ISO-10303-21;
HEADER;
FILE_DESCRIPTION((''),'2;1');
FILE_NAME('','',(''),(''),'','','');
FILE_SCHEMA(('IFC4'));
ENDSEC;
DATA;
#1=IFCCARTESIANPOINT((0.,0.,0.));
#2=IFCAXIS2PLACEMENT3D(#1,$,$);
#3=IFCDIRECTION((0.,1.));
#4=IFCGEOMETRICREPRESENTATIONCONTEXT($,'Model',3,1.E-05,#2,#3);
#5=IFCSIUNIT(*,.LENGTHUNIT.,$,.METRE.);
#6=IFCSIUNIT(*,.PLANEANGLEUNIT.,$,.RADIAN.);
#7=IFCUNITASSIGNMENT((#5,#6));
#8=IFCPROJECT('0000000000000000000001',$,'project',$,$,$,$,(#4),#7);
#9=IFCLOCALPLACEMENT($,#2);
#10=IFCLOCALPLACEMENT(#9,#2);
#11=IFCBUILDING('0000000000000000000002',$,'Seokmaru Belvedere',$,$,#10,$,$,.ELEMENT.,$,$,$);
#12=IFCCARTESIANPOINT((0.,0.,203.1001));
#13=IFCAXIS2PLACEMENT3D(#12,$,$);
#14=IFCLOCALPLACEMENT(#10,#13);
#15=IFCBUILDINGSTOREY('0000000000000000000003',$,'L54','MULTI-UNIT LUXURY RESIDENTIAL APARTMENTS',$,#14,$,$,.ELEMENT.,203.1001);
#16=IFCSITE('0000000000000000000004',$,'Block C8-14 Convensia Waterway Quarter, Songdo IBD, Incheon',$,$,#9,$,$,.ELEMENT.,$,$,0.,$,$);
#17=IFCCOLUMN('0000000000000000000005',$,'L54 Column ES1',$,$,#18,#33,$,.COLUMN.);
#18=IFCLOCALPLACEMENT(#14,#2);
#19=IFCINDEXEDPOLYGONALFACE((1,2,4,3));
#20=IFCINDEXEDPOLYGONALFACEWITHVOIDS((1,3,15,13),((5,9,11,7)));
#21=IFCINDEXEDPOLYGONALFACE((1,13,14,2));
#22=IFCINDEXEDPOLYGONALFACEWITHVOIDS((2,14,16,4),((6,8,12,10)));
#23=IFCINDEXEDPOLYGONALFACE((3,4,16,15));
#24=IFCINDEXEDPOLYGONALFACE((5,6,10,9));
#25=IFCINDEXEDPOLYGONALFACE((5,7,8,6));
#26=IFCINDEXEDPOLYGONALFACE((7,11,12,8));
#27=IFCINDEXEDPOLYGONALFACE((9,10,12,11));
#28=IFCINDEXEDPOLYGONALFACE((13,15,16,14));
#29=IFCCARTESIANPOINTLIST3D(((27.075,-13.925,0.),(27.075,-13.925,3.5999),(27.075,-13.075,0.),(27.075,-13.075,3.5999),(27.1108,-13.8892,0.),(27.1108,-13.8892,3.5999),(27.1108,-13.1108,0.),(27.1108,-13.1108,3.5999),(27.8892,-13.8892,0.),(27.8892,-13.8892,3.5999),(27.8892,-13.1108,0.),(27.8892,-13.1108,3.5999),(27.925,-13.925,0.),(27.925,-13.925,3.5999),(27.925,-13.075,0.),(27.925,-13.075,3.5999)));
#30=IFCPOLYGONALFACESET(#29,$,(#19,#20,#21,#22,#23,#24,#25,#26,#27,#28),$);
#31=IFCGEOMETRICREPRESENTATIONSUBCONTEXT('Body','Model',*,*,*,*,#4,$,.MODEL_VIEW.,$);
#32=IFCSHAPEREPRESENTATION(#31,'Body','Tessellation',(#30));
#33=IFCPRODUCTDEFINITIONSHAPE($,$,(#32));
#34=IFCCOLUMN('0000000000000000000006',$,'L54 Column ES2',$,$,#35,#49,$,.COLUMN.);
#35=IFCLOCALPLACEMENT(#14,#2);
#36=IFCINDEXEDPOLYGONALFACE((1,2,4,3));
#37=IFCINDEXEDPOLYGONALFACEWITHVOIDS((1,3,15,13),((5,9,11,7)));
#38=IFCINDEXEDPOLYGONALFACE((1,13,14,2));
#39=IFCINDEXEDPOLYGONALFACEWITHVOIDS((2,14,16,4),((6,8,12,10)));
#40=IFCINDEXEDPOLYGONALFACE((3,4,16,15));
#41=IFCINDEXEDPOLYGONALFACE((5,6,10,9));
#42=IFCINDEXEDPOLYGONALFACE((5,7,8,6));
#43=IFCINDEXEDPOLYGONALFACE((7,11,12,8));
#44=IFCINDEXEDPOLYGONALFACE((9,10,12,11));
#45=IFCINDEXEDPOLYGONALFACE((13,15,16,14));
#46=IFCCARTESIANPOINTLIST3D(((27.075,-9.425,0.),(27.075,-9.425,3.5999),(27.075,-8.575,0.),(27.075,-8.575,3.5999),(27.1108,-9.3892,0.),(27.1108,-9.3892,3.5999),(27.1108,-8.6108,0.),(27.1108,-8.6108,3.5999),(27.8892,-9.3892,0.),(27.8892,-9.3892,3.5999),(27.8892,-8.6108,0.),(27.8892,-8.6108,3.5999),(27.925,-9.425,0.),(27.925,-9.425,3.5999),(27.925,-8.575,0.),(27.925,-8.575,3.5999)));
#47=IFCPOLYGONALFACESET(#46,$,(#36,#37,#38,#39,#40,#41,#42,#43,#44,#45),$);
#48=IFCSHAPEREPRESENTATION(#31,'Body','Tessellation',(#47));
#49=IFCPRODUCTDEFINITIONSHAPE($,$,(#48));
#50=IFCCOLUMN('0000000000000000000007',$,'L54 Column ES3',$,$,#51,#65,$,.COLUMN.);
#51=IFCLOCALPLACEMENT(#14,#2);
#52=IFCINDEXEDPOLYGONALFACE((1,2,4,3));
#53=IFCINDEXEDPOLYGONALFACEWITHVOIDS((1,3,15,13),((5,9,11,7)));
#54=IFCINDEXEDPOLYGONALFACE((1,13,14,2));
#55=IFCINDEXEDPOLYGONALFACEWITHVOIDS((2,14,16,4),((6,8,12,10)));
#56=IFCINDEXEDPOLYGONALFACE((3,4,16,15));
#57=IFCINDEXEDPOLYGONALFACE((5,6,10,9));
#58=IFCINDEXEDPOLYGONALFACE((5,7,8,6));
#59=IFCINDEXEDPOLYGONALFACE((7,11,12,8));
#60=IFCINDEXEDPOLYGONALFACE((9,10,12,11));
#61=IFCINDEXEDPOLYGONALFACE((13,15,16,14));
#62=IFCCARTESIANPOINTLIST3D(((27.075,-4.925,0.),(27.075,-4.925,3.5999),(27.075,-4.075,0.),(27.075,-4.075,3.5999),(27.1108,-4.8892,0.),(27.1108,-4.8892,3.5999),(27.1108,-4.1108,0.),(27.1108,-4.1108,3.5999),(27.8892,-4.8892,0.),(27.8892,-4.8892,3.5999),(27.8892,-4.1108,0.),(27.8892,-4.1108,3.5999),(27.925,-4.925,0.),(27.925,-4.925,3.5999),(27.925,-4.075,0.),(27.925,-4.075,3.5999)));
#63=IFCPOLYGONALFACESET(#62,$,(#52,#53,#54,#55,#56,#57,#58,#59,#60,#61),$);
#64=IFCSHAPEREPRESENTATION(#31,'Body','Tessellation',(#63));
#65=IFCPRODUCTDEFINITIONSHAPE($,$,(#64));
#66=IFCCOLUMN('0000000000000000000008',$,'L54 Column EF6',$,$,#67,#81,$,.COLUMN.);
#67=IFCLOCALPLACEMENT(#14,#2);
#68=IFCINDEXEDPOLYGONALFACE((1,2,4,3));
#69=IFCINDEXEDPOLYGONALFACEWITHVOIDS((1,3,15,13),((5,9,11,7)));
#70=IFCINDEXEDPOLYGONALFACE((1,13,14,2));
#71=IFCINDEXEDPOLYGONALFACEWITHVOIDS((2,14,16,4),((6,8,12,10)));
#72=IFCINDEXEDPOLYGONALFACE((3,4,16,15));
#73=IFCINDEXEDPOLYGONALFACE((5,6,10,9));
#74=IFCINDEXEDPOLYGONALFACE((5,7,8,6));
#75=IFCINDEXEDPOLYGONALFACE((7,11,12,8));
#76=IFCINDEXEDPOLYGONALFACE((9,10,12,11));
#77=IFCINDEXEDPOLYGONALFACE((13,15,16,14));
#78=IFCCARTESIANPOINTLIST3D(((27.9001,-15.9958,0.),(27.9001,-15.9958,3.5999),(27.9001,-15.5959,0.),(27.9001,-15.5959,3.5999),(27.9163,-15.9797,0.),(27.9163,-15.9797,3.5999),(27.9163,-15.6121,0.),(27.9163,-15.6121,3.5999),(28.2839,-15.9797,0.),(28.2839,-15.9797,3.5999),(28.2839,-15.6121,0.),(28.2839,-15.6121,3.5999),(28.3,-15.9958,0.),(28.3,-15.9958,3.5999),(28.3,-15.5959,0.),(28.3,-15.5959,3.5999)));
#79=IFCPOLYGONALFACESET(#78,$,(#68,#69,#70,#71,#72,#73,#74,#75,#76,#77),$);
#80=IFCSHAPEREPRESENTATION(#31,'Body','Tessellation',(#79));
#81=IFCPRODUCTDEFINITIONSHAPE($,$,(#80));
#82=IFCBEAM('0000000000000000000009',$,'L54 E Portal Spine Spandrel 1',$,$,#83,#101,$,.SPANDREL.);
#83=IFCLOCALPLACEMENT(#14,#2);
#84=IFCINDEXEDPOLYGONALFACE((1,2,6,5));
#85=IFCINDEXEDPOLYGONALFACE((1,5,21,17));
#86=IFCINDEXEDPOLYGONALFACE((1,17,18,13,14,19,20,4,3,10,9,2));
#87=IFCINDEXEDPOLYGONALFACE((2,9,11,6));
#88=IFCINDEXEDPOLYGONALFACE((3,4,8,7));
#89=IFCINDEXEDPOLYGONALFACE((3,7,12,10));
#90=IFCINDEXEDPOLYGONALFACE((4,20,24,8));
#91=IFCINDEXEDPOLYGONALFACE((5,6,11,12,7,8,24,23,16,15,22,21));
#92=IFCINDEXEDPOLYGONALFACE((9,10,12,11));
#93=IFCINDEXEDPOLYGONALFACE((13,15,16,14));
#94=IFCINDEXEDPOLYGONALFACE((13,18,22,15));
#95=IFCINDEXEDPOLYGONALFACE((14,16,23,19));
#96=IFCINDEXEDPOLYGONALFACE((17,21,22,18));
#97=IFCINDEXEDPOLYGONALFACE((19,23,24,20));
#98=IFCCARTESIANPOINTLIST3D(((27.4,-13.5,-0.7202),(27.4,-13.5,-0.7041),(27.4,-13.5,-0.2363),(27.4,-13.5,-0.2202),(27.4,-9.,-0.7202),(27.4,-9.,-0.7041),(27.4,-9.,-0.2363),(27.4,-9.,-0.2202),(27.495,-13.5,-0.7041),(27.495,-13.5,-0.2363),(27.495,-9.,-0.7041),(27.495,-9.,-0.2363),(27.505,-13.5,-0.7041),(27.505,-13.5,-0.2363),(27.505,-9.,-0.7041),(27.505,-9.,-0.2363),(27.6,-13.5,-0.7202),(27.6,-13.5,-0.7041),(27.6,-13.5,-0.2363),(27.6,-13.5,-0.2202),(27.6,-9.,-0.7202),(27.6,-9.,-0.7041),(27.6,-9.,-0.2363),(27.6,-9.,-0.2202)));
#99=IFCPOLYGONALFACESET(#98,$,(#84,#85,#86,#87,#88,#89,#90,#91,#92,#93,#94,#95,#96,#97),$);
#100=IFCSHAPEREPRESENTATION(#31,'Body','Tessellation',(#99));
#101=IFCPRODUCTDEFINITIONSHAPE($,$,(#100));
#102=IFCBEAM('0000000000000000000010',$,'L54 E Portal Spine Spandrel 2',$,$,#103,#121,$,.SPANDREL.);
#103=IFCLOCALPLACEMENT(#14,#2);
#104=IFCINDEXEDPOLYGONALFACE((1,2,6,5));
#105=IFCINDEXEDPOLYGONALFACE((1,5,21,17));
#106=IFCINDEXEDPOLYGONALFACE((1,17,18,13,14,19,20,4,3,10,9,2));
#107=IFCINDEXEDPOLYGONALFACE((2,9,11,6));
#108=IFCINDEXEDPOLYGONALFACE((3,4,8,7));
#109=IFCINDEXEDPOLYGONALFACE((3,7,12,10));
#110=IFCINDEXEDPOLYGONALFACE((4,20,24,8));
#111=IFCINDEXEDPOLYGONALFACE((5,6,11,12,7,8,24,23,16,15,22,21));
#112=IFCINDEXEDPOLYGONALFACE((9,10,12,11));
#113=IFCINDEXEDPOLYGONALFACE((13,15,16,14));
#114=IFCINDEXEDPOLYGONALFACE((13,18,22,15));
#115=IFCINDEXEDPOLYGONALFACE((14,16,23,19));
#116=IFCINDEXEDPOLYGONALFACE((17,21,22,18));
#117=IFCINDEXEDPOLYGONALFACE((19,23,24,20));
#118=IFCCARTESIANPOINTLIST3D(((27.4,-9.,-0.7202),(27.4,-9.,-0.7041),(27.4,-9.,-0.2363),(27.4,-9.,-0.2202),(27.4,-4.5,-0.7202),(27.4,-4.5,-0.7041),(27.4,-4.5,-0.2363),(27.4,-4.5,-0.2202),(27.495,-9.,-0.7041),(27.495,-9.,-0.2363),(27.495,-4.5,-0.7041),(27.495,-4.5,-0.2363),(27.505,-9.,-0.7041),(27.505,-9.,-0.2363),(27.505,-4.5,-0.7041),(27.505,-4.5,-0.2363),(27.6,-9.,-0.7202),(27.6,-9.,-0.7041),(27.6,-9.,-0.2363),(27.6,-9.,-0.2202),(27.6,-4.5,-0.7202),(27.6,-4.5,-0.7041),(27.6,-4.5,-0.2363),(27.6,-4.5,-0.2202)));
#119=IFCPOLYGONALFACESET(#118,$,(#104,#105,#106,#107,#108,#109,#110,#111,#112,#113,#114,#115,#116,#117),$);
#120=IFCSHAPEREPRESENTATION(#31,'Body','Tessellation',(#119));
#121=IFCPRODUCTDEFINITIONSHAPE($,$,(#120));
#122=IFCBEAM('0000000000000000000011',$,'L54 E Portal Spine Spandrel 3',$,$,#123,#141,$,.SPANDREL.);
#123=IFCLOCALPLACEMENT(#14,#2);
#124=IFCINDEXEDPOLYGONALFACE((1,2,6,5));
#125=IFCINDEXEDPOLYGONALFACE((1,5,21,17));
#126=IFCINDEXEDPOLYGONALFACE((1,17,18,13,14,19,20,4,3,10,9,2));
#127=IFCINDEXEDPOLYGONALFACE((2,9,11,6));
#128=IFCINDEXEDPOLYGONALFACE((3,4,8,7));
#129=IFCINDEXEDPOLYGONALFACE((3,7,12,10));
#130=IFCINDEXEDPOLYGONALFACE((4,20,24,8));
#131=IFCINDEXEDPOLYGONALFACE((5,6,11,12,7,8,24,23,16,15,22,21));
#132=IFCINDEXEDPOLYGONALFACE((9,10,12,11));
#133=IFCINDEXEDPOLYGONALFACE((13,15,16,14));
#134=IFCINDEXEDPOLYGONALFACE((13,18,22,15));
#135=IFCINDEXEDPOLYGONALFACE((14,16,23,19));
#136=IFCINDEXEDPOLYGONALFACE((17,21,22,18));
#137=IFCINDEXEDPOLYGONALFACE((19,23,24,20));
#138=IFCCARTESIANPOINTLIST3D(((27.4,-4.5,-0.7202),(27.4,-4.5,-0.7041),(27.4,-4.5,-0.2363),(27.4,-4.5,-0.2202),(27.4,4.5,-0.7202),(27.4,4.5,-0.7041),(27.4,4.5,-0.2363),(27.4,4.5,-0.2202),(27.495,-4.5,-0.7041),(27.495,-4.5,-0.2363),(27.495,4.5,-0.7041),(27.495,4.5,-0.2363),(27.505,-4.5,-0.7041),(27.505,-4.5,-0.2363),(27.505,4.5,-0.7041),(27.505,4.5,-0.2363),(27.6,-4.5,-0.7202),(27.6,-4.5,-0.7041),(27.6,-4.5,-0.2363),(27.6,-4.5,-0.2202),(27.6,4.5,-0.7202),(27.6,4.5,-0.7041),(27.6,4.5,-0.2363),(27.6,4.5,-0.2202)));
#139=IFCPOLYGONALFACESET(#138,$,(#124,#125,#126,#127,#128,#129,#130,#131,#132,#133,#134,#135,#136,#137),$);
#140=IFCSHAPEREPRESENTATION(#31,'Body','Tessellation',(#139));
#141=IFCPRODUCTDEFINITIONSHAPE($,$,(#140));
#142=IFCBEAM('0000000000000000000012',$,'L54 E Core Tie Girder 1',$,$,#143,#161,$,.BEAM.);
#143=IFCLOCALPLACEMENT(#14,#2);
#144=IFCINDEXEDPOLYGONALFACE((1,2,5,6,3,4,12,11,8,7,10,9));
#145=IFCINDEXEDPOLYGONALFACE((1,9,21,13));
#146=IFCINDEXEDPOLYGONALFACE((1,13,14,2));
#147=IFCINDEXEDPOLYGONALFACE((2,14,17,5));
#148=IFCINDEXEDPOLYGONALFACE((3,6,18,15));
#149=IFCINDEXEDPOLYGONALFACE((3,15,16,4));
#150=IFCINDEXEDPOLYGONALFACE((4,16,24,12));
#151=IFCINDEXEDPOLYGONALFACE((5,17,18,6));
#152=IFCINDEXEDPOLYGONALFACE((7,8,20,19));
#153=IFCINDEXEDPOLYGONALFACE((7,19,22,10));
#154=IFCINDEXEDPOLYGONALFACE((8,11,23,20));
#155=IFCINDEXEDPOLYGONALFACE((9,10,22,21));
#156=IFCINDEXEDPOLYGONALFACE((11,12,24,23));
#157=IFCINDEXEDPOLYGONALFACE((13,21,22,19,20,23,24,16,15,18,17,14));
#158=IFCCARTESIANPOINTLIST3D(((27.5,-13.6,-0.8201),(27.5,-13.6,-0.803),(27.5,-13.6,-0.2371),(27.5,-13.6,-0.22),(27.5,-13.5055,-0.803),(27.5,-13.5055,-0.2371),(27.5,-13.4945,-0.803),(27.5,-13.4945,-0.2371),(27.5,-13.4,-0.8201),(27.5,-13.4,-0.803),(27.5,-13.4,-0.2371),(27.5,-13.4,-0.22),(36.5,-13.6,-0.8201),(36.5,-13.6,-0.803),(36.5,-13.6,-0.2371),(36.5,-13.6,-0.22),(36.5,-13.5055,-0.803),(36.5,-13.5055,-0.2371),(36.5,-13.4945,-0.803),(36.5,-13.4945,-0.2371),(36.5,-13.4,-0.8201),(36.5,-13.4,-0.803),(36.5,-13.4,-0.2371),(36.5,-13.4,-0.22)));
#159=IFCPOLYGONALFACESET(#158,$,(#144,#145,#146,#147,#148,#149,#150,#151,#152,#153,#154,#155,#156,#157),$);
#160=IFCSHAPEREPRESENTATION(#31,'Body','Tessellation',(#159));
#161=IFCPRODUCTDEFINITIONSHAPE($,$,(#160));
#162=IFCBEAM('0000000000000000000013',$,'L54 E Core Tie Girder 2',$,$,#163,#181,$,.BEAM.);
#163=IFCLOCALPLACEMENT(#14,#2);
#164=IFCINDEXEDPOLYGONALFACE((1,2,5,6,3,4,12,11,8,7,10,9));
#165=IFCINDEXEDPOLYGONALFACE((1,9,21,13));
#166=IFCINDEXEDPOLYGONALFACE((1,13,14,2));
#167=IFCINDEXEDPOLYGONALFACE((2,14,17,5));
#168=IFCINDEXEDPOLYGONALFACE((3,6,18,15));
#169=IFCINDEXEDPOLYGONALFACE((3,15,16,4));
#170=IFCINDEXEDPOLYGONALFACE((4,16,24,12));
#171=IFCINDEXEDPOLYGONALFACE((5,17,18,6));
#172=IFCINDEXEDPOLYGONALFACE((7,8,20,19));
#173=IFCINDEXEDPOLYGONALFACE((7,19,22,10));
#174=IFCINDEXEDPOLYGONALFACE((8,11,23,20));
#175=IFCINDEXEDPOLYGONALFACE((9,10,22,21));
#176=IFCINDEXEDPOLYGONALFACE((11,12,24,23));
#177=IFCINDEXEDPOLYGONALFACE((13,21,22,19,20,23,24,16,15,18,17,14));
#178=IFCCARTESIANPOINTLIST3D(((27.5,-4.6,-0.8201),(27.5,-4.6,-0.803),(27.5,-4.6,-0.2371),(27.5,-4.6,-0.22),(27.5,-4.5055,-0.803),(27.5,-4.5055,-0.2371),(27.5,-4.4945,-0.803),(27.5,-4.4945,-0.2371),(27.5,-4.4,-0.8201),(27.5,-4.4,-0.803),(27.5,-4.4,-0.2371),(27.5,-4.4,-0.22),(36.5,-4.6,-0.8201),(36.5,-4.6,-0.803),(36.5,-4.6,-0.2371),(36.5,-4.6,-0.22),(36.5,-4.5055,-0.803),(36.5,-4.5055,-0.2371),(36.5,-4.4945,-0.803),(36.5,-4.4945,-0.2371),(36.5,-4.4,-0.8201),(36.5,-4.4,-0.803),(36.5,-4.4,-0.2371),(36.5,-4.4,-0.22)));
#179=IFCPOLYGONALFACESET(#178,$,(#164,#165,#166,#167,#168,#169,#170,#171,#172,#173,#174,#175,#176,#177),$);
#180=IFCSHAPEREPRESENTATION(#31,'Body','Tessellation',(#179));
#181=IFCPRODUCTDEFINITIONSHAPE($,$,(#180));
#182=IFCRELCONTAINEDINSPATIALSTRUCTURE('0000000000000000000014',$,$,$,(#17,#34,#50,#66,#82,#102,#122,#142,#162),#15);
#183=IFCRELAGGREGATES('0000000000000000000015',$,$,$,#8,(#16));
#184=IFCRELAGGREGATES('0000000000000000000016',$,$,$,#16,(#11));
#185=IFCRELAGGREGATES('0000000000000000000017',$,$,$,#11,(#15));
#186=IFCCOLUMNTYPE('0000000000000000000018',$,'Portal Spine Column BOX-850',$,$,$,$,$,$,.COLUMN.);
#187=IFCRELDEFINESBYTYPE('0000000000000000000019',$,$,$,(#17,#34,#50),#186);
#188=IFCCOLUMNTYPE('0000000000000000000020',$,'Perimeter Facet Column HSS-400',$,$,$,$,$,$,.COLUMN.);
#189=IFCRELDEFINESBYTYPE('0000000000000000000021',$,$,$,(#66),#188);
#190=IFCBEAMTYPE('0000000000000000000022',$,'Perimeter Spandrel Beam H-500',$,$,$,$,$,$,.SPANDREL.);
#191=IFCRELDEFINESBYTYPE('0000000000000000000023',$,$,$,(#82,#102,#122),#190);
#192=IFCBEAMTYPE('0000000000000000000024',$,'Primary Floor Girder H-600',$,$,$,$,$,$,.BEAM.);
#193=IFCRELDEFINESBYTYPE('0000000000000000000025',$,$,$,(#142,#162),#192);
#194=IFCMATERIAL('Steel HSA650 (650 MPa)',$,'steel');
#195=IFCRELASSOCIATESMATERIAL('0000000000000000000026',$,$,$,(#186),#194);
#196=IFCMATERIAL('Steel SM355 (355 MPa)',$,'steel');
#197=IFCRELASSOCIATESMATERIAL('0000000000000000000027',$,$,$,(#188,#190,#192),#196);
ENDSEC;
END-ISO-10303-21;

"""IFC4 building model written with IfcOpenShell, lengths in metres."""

from ifc_helpers import new_model, si_unit, direction, frame, origin, origin_2d, place, context, subcontext, project, spatial, hollow_rectangle, i_section, extrude, source, transform, mapped, material, material_profile, profile_set, type_object, type_shapes, element, save


model = new_model("IFC4")

# Units and contexts
model_context = context("Model", 3, precision=1e-05, world=origin(), true_north=direction((0.0, 1.0)))
body_context = subcontext(model_context, "Body", "Model", "MODEL_VIEW")
ifc_project = project(units=[si_unit("LENGTHUNIT", "METRE"), si_unit("PLANEANGLEUNIT", "RADIAN")], contexts=[model_context])

# Site, building, storey
site_placement = place(None, origin())
site = spatial("IfcSite", under=ifc_project, at=site_placement, Name="Block C8-14 Convensia Waterway Quarter, Songdo IBD, Incheon", CompositionType="ELEMENT", RefElevation=0.0)
building_placement = place(site_placement, origin())
building = spatial("IfcBuilding", under=site, at=building_placement, Name="Seokmaru Belvedere", CompositionType="ELEMENT")
storey_placement = place(building_placement, frame((0.0, 0.0, 203.1001)))
storey = spatial("IfcBuildingStorey", under=building, at=storey_placement, Name="L54", Description="MULTI-UNIT LUXURY RESIDENTIAL APARTMENTS", CompositionType="ELEMENT", Elevation=203.1001)

# Columns
ifc_material_1 = material(Name="Steel HSA650 (650 MPa)", Category="steel")
ifc_material_profile_1 = material_profile(ifc_material_1, hollow_rectangle(XDim=0.8501, YDim=0.8501, WallThickness=0.0359, at=origin_2d()), Name="BOX-850x850x36")
ifc_profile_set_1 = profile_set([ifc_material_profile_1], Name="Steel HSA650 (650 MPa)")
column_type_1 = type_object("IfcColumnType", Name="Portal Spine Column BOX-850", PredefinedType="COLUMN", material=ifc_profile_set_1)
shared_shape_1 = source(origin(), body_context, "Body", "SweptSolid", [
    extrude(hollow_rectangle(XDim=0.8501, YDim=0.8501, WallThickness=0.0359, at=origin_2d()), origin(), (0.0, 0.0, 1.0), 3.5999),
])
type_shapes(column_type_1, [shared_shape_1])
for number, where, z_axis, x_axis, name in (
    (1, (27.5, -13.5, 0.0), (0.0, 0.0, 1.0), (1.0, 0.0, 0.0), "L54 Column ES1"),
    (2, (27.5, -9.0, 0.0), (0.0, 0.0, 1.0), (1.0, 0.0, 0.0), "L54 Column ES2"),
    (3, (27.5, -4.5, 0.0), (0.0, 0.0, 1.0), (1.0, 0.0, 0.0), "L54 Column ES3"),
):
    element("IfcColumn", number, at=place(storey_placement, frame(where, z_axis=z_axis, x_axis=x_axis)), inside=storey, type_object=column_type_1, Name=name, PredefinedType="COLUMN", context=body_context, shape_type="MappedRepresentation", body=[
        mapped(shared_shape_1, transform((0.0, 0.0, 0.0), scale=1.0)),
    ])
ifc_material_2 = material(Name="Steel SM355 (355 MPa)", Category="steel")
ifc_material_profile_2 = material_profile(ifc_material_2, hollow_rectangle(XDim=0.3999, YDim=0.3999, WallThickness=0.0161, at=origin_2d()), Name="HSS-400x400x16")
ifc_profile_set_2 = profile_set([ifc_material_profile_2], Name="Steel SM355 (355 MPa)")
column_type_2 = type_object("IfcColumnType", Name="Perimeter Facet Column HSS-400", PredefinedType="COLUMN", material=ifc_profile_set_2)
shared_shape_2 = source(origin(), body_context, "Body", "SweptSolid", [
    extrude(hollow_rectangle(XDim=0.3999, YDim=0.3999, WallThickness=0.0161, at=origin_2d()), origin(), (0.0, 0.0, 1.0), 3.5999),
])
type_shapes(column_type_2, [shared_shape_2])
column_placement = place(storey_placement, frame((28.1001, -15.7959, 0.0), z_axis=(0.0, 0.0, 1.0), x_axis=(1.0, 0.0, 0.0)))
element("IfcColumn", 4, at=column_placement, inside=storey, type_object=column_type_2, Name="L54 Column EF6", PredefinedType="COLUMN", context=body_context, shape_type="MappedRepresentation", body=[
    mapped(shared_shape_2, transform((0.0, 0.0, 0.0), scale=1.0)),
])

# Beams
ifc_material_profile_3 = material_profile(ifc_material_2, i_section(OverallWidth=0.2, OverallDepth=0.5, WebThickness=0.01, FlangeThickness=0.0161, at=origin_2d()), Name="H-500x200x10x16")
ifc_profile_set_3 = profile_set([ifc_material_profile_3], Name="Steel SM355 (355 MPa)")
beam_type_1 = type_object("IfcBeamType", Name="Perimeter Spandrel Beam H-500", PredefinedType="SPANDREL", material=ifc_profile_set_3)
shared_shape_3 = source(origin(), body_context, "Body", "SweptSolid", [
    extrude(i_section(OverallWidth=0.2, OverallDepth=0.5, WebThickness=0.01, FlangeThickness=0.0161, at=origin_2d()), origin(), (0.0, 0.0, 1.0), 4.5),
])
for number, where, z_axis, x_axis, name in (
    (5, (27.5, -13.5, -0.4702), (0.0, 1.0, 0.0), (-1.0, 0.0, 0.0), "L54 E Portal Spine Spandrel 1"),
    (6, (27.5, -9.0, -0.4702), (0.0, 1.0, 0.0), (-1.0, 0.0, 0.0), "L54 E Portal Spine Spandrel 2"),
):
    element("IfcBeam", number, at=place(storey_placement, frame(where, z_axis=z_axis, x_axis=x_axis)), inside=storey, type_object=beam_type_1, Name=name, PredefinedType="SPANDREL", context=body_context, shape_type="MappedRepresentation", body=[
        mapped(shared_shape_3, transform((0.0, 0.0, 0.0), scale=1.0)),
    ])
shared_shape_4 = source(origin(), body_context, "Body", "SweptSolid", [
    extrude(i_section(OverallWidth=0.2, OverallDepth=0.5, WebThickness=0.01, FlangeThickness=0.0161, at=origin_2d()), origin(), (0.0, 0.0, 1.0), 9.0),
])
beam_1_placement = place(storey_placement, frame((27.5, -4.5, -0.4702), z_axis=(0.0, 1.0, 0.0), x_axis=(-1.0, 0.0, 0.0)))
element("IfcBeam", 7, at=beam_1_placement, inside=storey, type_object=beam_type_1, Name="L54 E Portal Spine Spandrel 3", PredefinedType="SPANDREL", context=body_context, shape_type="MappedRepresentation", body=[
    mapped(shared_shape_4, transform((0.0, 0.0, 0.0), scale=1.0)),
])
ifc_material_profile_4 = material_profile(ifc_material_2, i_section(OverallWidth=0.2, OverallDepth=0.6001, WebThickness=0.011, FlangeThickness=0.0171, at=origin_2d()), Name="H-600x200x11x17")
ifc_profile_set_4 = profile_set([ifc_material_profile_4], Name="Steel SM355 (355 MPa)")
beam_type_2 = type_object("IfcBeamType", Name="Primary Floor Girder H-600", PredefinedType="BEAM", material=ifc_profile_set_4)
shared_shape_5 = source(origin(), body_context, "Body", "SweptSolid", [
    extrude(i_section(OverallWidth=0.2, OverallDepth=0.6001, WebThickness=0.011, FlangeThickness=0.0171, at=origin_2d()), origin(), (0.0, 0.0, 1.0), 9.0),
])
type_shapes(beam_type_2, [shared_shape_5])
for number, where, z_axis, x_axis, name in (
    (8, (27.5, -13.5, -0.52), (1.0, 0.0, 0.0), (0.0, 1.0, 0.0), "L54 E Core Tie Girder 1"),
    (9, (27.5, -4.5, -0.52), (1.0, 0.0, 0.0), (0.0, 1.0, 0.0), "L54 E Core Tie Girder 2"),
):
    element("IfcBeam", number, at=place(storey_placement, frame(where, z_axis=z_axis, x_axis=x_axis)), inside=storey, type_object=beam_type_2, Name=name, PredefinedType="BEAM", context=body_context, shape_type="MappedRepresentation", body=[
        mapped(shared_shape_5, transform((0.0, 0.0, 0.0), scale=1.0)),
    ])

save(model, "model.ifc")
